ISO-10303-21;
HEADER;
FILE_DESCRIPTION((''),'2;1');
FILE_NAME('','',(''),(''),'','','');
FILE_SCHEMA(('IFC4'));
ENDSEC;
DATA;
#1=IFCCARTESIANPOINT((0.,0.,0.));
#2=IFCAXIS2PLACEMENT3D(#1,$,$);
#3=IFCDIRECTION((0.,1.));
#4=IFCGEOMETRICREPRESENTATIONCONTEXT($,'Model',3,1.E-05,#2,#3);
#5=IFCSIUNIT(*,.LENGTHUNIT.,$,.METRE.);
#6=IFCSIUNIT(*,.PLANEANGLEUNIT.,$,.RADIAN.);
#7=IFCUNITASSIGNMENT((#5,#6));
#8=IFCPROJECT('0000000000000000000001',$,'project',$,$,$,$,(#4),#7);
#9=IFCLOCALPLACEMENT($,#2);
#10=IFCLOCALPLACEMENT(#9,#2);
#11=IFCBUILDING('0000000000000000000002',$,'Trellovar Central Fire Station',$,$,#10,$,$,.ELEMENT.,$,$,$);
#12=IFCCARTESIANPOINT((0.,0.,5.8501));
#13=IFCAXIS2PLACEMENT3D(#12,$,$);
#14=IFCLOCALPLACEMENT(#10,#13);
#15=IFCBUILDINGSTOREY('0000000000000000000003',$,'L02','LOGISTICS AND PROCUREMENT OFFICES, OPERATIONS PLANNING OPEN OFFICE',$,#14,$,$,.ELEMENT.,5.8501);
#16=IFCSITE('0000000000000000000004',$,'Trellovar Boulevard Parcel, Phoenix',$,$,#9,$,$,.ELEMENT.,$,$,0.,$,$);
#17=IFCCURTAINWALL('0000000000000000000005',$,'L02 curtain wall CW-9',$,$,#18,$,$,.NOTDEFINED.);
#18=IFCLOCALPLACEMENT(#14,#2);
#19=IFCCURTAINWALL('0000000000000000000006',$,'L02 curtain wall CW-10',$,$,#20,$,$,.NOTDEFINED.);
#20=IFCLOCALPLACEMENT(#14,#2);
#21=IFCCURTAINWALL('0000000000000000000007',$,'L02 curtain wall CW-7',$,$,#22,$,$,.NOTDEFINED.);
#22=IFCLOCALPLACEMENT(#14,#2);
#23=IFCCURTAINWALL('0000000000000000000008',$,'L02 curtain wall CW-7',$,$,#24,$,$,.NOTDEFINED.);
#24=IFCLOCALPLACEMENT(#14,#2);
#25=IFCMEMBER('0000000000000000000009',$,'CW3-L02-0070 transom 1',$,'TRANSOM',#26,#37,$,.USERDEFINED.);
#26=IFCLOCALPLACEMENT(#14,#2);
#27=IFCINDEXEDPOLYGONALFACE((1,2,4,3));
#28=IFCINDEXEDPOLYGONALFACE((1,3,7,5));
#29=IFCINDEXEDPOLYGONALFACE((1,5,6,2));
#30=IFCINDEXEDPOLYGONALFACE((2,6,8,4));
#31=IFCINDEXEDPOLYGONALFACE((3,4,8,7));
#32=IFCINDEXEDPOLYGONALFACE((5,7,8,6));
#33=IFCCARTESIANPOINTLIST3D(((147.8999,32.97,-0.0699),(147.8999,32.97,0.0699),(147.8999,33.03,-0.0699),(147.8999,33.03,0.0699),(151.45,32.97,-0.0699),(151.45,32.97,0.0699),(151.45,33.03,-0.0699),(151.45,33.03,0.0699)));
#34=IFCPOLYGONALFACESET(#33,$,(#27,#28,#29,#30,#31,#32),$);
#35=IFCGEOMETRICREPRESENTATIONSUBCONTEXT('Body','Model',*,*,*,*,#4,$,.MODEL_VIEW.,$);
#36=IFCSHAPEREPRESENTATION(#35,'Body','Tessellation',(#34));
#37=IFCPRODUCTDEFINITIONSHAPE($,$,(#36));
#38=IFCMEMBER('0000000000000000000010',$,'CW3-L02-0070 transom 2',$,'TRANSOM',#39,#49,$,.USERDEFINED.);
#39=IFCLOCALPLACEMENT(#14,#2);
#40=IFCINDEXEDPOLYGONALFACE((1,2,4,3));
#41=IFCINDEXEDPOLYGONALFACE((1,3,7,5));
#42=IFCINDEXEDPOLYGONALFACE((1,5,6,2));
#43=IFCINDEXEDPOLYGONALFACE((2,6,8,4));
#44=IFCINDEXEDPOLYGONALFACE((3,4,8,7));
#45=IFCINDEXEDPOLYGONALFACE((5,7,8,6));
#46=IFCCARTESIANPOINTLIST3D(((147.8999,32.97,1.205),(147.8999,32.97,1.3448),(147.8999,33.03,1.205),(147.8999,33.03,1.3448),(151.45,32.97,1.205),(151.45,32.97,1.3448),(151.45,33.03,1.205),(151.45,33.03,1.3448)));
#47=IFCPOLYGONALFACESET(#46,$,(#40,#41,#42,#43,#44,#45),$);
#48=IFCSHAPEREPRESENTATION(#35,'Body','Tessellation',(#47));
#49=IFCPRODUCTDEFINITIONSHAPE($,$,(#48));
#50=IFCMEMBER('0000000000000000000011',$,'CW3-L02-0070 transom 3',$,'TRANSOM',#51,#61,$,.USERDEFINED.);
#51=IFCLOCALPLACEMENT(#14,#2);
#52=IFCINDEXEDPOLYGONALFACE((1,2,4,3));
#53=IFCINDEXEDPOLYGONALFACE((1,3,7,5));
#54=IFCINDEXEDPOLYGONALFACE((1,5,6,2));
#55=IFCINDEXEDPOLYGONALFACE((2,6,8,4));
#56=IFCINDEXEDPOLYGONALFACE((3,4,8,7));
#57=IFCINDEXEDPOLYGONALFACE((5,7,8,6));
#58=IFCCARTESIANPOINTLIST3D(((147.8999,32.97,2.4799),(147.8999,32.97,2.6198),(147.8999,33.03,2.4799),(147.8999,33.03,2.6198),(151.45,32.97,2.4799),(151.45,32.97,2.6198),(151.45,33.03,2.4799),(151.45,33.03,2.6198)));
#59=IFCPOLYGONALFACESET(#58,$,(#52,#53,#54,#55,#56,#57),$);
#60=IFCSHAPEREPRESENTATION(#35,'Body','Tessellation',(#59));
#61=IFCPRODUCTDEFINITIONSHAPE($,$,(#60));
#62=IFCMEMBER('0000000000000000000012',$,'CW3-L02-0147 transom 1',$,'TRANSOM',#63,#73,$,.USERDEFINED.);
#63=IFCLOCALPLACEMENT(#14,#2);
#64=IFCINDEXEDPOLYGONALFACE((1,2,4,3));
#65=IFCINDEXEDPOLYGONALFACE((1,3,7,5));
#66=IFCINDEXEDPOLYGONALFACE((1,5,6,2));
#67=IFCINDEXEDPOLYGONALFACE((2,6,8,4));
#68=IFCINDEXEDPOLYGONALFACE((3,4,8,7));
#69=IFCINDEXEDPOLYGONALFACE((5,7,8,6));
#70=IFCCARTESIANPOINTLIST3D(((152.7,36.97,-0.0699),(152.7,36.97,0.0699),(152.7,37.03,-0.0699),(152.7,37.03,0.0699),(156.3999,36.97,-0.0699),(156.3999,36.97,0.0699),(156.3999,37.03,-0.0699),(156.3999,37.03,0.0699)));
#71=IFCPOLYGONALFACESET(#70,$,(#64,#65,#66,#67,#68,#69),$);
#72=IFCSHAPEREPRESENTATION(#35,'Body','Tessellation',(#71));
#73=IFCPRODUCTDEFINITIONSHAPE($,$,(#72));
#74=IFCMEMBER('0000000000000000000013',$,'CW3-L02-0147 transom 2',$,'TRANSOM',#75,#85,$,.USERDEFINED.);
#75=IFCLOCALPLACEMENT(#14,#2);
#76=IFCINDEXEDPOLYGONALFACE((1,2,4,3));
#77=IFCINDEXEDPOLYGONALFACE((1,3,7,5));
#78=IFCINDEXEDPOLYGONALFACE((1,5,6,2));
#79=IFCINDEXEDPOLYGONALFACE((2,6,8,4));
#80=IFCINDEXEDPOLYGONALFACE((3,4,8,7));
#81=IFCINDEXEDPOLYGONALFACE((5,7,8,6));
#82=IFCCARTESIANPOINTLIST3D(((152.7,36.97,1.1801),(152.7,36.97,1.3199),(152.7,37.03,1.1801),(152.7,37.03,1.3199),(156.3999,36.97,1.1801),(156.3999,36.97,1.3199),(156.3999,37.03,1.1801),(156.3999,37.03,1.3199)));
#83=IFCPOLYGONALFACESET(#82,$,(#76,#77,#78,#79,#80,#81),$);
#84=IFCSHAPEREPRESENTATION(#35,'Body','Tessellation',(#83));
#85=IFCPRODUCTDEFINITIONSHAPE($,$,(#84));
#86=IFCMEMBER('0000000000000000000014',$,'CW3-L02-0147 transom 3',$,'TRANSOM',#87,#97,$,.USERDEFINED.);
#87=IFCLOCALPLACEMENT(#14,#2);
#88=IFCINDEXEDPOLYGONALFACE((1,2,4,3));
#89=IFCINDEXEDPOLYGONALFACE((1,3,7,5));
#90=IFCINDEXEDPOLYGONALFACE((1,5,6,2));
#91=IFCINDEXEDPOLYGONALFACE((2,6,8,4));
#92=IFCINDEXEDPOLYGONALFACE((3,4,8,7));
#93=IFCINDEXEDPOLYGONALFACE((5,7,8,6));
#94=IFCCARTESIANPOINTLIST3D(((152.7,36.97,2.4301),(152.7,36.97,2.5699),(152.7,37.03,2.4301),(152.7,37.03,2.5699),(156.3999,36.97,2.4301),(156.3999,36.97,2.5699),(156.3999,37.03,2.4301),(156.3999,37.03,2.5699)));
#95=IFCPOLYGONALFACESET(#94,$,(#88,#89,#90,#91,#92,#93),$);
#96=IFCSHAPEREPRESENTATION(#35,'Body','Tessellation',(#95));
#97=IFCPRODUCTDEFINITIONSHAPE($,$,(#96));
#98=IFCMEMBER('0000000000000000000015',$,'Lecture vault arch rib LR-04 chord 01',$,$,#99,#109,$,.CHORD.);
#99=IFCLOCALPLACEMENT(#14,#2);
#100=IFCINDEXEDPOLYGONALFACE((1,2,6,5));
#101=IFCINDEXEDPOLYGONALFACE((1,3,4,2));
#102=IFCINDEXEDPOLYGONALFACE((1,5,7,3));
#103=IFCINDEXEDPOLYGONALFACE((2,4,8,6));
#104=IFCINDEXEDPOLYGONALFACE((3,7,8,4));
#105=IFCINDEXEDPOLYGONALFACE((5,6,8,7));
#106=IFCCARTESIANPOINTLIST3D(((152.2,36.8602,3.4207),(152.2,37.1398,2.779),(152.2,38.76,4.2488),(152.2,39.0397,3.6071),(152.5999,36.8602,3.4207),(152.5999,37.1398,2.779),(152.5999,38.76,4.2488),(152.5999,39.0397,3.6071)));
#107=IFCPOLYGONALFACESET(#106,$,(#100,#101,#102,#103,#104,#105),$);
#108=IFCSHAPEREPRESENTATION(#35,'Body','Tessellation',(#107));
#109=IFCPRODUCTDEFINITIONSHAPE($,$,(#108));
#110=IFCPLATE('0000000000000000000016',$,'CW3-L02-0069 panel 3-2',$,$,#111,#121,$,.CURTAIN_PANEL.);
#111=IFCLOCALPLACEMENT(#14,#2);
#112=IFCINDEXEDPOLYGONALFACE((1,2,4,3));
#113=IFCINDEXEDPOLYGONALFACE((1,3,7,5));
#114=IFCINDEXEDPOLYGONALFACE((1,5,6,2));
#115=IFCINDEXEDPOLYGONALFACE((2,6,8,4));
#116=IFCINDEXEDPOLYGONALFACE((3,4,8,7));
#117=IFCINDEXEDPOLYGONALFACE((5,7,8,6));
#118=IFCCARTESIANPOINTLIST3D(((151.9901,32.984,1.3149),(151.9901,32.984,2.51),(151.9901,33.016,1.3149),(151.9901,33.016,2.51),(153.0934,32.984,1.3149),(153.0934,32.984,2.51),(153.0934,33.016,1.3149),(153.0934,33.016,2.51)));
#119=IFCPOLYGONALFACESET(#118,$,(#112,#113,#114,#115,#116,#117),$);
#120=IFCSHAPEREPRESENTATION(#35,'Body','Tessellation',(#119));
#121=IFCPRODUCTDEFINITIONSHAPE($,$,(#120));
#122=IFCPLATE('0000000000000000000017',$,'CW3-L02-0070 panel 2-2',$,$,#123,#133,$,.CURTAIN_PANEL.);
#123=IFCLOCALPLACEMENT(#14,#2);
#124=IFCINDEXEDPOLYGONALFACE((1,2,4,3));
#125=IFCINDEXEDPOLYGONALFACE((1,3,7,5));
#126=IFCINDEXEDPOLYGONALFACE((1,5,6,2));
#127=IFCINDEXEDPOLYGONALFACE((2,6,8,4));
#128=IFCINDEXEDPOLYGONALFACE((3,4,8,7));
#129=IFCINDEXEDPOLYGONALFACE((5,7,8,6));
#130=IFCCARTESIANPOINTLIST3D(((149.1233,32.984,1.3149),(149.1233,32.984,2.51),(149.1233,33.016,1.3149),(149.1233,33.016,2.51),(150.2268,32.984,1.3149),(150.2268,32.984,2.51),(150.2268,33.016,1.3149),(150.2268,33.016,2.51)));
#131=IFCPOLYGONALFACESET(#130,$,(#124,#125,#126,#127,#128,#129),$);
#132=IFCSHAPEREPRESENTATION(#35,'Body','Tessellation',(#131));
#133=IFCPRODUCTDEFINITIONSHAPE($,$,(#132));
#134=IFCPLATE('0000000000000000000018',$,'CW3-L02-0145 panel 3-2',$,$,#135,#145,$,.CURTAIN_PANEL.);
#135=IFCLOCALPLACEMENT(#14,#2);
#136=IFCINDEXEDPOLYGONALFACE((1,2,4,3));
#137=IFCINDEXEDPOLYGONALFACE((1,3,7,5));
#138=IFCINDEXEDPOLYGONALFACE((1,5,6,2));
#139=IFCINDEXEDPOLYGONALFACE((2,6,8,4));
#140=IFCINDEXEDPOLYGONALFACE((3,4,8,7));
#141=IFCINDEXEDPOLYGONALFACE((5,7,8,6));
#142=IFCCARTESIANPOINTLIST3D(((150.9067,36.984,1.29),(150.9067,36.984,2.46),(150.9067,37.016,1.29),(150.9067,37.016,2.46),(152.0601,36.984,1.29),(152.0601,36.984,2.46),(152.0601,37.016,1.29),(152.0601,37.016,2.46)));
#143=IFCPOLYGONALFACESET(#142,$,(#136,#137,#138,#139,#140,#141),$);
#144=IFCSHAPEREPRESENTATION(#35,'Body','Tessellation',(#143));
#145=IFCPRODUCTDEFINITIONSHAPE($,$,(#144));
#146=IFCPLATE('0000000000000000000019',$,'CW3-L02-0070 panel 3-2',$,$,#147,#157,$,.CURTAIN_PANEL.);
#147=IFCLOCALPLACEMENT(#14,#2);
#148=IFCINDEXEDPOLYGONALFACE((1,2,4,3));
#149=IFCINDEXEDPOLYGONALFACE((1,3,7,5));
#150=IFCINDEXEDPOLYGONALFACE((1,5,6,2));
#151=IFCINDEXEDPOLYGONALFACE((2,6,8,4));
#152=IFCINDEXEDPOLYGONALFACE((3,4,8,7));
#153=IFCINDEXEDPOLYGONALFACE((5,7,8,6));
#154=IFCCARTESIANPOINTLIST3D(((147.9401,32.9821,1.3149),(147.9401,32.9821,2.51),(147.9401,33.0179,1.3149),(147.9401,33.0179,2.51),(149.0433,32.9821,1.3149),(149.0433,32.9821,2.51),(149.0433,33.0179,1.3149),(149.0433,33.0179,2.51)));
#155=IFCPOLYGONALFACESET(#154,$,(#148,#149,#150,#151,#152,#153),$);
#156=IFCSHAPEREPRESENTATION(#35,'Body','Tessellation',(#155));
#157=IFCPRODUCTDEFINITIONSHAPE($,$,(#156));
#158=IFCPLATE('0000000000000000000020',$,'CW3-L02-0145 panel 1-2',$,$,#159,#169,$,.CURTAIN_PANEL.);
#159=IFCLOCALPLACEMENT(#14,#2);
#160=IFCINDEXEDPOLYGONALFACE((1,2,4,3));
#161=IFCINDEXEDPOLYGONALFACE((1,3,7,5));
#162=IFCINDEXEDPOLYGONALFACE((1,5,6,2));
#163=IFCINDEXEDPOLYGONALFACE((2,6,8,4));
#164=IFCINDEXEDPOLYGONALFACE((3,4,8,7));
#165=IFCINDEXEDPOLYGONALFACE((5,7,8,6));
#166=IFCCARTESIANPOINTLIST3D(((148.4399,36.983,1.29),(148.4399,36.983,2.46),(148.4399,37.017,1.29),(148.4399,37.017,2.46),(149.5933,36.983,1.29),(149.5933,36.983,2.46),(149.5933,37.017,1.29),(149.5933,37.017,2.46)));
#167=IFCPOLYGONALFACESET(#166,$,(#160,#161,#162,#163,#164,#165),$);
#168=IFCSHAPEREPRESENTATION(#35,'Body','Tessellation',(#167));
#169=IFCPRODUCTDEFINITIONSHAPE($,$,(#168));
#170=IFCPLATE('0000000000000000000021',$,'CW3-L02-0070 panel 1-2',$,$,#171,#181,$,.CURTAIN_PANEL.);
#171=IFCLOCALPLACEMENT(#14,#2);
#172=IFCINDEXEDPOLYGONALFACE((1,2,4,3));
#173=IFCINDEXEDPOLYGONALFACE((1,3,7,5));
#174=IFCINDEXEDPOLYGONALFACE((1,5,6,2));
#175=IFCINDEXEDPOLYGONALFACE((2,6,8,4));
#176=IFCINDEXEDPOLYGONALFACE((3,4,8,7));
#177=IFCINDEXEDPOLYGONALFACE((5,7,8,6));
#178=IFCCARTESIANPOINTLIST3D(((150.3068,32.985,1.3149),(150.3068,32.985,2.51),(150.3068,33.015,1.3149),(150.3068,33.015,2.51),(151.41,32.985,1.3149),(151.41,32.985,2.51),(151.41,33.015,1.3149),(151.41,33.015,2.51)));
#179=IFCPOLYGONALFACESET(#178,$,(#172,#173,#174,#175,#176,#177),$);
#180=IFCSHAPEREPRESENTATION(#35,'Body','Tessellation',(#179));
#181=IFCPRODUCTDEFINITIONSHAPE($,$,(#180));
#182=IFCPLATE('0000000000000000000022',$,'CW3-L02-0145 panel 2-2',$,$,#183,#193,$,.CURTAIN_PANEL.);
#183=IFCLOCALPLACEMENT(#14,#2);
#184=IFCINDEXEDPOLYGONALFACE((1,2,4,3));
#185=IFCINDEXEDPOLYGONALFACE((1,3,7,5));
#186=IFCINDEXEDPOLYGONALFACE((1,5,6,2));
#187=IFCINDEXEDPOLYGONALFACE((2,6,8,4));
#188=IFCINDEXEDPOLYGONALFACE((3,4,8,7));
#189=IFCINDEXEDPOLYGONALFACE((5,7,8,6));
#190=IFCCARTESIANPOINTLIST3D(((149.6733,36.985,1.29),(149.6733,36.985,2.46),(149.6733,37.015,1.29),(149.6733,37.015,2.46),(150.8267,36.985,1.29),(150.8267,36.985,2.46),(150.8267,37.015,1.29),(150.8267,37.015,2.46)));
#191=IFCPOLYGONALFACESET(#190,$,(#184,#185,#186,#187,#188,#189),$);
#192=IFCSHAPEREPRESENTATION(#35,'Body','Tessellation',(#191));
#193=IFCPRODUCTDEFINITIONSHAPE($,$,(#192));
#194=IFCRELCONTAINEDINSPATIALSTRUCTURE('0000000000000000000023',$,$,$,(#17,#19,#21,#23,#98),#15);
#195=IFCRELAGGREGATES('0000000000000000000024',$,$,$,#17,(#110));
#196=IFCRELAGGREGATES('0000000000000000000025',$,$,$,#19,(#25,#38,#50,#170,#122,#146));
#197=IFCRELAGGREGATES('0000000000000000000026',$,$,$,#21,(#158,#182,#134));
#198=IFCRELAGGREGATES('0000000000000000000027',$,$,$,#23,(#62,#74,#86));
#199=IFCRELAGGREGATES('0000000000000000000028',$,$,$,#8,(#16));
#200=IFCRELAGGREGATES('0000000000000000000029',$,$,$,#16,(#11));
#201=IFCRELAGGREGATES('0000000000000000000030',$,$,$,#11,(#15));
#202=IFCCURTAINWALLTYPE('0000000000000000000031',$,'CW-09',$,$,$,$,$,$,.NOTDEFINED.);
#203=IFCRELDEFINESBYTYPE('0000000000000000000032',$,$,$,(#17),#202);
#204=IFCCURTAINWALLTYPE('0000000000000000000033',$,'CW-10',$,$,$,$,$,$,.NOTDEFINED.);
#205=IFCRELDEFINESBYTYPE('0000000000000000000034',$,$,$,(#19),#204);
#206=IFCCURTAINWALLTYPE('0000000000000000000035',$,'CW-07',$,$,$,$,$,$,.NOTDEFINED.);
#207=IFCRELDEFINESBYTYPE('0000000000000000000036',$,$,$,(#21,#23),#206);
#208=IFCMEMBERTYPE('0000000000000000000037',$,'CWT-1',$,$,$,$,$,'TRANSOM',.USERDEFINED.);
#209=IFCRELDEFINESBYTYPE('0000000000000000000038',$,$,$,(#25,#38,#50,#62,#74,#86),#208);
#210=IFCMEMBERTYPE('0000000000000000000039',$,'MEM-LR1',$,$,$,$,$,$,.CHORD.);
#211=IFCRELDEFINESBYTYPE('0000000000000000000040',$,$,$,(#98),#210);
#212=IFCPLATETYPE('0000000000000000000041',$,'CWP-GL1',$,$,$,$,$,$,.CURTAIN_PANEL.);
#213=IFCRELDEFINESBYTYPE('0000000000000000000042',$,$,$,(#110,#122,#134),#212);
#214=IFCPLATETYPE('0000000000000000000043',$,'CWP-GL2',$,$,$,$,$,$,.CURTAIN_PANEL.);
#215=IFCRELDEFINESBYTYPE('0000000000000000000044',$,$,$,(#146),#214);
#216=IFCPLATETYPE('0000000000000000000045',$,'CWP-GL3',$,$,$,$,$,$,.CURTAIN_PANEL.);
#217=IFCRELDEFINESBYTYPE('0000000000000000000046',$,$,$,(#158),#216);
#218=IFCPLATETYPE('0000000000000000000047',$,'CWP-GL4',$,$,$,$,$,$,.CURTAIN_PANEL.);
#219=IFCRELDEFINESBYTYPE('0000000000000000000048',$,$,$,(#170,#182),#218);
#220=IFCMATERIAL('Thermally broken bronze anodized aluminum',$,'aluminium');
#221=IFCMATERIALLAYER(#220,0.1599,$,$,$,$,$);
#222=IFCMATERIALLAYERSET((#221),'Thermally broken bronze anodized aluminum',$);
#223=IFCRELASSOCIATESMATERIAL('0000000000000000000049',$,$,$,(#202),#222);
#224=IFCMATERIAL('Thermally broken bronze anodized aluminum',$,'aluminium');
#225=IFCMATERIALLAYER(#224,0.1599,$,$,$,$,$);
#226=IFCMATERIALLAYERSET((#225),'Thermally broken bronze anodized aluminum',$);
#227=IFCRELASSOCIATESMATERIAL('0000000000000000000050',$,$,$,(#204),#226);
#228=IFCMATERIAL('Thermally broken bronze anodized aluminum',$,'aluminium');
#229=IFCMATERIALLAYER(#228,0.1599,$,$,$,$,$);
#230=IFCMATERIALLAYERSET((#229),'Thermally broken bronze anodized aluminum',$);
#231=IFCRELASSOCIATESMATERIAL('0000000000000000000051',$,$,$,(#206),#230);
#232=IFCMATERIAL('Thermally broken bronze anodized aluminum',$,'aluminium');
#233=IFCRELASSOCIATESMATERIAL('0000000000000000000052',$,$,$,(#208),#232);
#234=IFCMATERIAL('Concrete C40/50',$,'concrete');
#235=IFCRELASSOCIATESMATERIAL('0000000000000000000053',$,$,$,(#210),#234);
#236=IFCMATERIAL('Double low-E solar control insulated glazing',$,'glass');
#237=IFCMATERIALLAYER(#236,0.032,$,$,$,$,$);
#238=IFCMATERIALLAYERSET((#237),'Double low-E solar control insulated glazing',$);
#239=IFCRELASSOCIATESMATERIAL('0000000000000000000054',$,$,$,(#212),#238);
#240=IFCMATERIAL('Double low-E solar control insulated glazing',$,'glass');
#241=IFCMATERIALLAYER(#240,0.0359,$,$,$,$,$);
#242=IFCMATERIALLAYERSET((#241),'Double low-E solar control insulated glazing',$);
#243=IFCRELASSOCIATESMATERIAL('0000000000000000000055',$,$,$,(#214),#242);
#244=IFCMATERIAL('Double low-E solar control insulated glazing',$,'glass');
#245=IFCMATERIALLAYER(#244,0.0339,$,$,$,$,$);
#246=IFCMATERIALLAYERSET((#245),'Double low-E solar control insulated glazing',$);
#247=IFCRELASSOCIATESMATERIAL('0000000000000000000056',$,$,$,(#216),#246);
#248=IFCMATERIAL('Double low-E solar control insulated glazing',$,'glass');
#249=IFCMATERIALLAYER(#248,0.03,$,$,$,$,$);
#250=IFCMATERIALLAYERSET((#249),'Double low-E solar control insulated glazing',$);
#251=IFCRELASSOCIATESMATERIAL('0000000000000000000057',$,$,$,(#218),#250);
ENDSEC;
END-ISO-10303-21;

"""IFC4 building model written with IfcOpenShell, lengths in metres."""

from ifc_helpers import new_model, si_unit, direction, frame, origin, origin_2d, place, context, subcontext, project, spatial, rectangle, extrude, material, layer, layer_set, material_profile, profile_set, type_object, element, aggregate, save


model = new_model("IFC4")

# Units and contexts
model_context = context("Model", 3, precision=1e-05, world=origin(), true_north=direction((0.0, 1.0)))
body_context = subcontext(model_context, "Body", "Model", "MODEL_VIEW")
ifc_project = project(units=[si_unit("LENGTHUNIT", "METRE"), si_unit("PLANEANGLEUNIT", "RADIAN")], contexts=[model_context])

# Site, building, storey
site_placement = place(None, origin())
site = spatial("IfcSite", under=ifc_project, at=site_placement, Name="Trellovar Boulevard Parcel, Phoenix", CompositionType="ELEMENT", RefElevation=0.0)
building_placement = place(site_placement, origin())
building = spatial("IfcBuilding", under=site, at=building_placement, Name="Trellovar Central Fire Station", CompositionType="ELEMENT")
storey_placement = place(building_placement, frame((0.0, 0.0, 5.8501)))
storey = spatial("IfcBuildingStorey", under=building, at=storey_placement, Name="L02", Description="LOGISTICS AND PROCUREMENT OFFICES, OPERATIONS PLANNING OPEN OFFICE", CompositionType="ELEMENT", Elevation=5.8501)

# Curtain walls
ifc_material_1 = material(Name="Thermally broken bronze anodized aluminum", Category="aluminium")
ifc_layer_1 = layer(ifc_material_1, 0.1599)
ifc_layer_set_1 = layer_set([ifc_layer_1], Name="Thermally broken bronze anodized aluminum")
curtain_wall_type_1 = type_object("IfcCurtainWallType", Name="CW-09", PredefinedType="NOTDEFINED", material=ifc_layer_set_1)
curtain_wall_1_placement = place(storey_placement, origin())
curtain_wall_1 = element("IfcCurtainWall", 1, at=curtain_wall_1_placement, inside=storey, type_object=curtain_wall_type_1, Name="L02 curtain wall CW-9", PredefinedType="NOTDEFINED")
ifc_material_2 = material(Name="Thermally broken bronze anodized aluminum", Category="aluminium")
ifc_layer_2 = layer(ifc_material_2, 0.1599)
ifc_layer_set_2 = layer_set([ifc_layer_2], Name="Thermally broken bronze anodized aluminum")
curtain_wall_type_2 = type_object("IfcCurtainWallType", Name="CW-10", PredefinedType="NOTDEFINED", material=ifc_layer_set_2)
curtain_wall_2_placement = place(storey_placement, origin())
curtain_wall_2 = element("IfcCurtainWall", 2, at=curtain_wall_2_placement, inside=storey, type_object=curtain_wall_type_2, Name="L02 curtain wall CW-10", PredefinedType="NOTDEFINED")
ifc_material_3 = material(Name="Thermally broken bronze anodized aluminum", Category="aluminium")
ifc_layer_3 = layer(ifc_material_3, 0.1599)
ifc_layer_set_3 = layer_set([ifc_layer_3], Name="Thermally broken bronze anodized aluminum")
curtain_wall_type_3 = type_object("IfcCurtainWallType", Name="CW-07", PredefinedType="NOTDEFINED", material=ifc_layer_set_3)
curtain_wall_3_placement = place(storey_placement, origin())
curtain_wall_3 = element("IfcCurtainWall", 3, at=curtain_wall_3_placement, inside=storey, type_object=curtain_wall_type_3, Name="L02 curtain wall CW-7", PredefinedType="NOTDEFINED")

# Curtain wall
curtain_wall_4_placement = place(storey_placement, origin())
curtain_wall_4 = element("IfcCurtainWall", 4, at=curtain_wall_4_placement, inside=storey, type_object=curtain_wall_type_3, Name="L02 curtain wall CW-7", PredefinedType="NOTDEFINED")

# Members
ifc_material_4 = material(Name="Thermally broken bronze anodized aluminum", Category="aluminium")
ifc_material_profile_1 = material_profile(ifc_material_4, rectangle(XDim=0.0601, YDim=0.1399, at=origin_2d()), Name="ALU60X140")
ifc_profile_set_1 = profile_set([ifc_material_profile_1], Name="Thermally broken bronze anodized aluminum")
member_type_1 = type_object("IfcMemberType", Name="CWT-1", ElementType="TRANSOM", PredefinedType="USERDEFINED", material=ifc_profile_set_1)
member_1_placement = place(storey_placement, frame((151.45, 33.0, 0.0), z_axis=(-1.0, 0.0, 0.0), x_axis=(0.0, -1.0, 0.0)))
member_1 = element("IfcMember", 5, at=member_1_placement, type_object=member_type_1, Name="CW3-L02-0070 transom 1", ObjectType="TRANSOM", PredefinedType="USERDEFINED", context=body_context, shape_type="SweptSolid", body=[
    extrude(rectangle(XDim=0.0601, YDim=0.1399, at=origin_2d()), origin(), (0.0, 0.0, 1.0), 3.55),
])
member_2_placement = place(storey_placement, frame((151.45, 33.0, 1.2749), z_axis=(-1.0, 0.0, 0.0), x_axis=(0.0, -1.0, 0.0)))
member_2 = element("IfcMember", 6, at=member_2_placement, type_object=member_type_1, Name="CW3-L02-0070 transom 2", ObjectType="TRANSOM", PredefinedType="USERDEFINED", context=body_context, shape_type="SweptSolid", body=[
    extrude(rectangle(XDim=0.0601, YDim=0.1399, at=origin_2d()), origin(), (0.0, 0.0, 1.0), 3.55),
])
member_3_placement = place(storey_placement, frame((151.45, 33.0, 2.5498), z_axis=(-1.0, 0.0, 0.0), x_axis=(0.0, -1.0, 0.0)))
member_3 = element("IfcMember", 7, at=member_3_placement, type_object=member_type_1, Name="CW3-L02-0070 transom 3", ObjectType="TRANSOM", PredefinedType="USERDEFINED", context=body_context, shape_type="SweptSolid", body=[
    extrude(rectangle(XDim=0.0601, YDim=0.1399, at=origin_2d()), origin(), (0.0, 0.0, 1.0), 3.55),
])
member_4_placement = place(storey_placement, frame((152.7, 37.0, 0.0), z_axis=(1.0, 0.0, 0.0), x_axis=(0.0, 1.0, 0.0)))
member_4 = element("IfcMember", 8, at=member_4_placement, type_object=member_type_1, Name="CW3-L02-0147 transom 1", ObjectType="TRANSOM", PredefinedType="USERDEFINED", context=body_context, shape_type="SweptSolid", body=[
    extrude(rectangle(XDim=0.0601, YDim=0.1399, at=origin_2d()), origin(), (0.0, 0.0, 1.0), 3.7),
])
member_5_placement = place(storey_placement, frame((152.7, 37.0, 1.25), z_axis=(1.0, 0.0, 0.0), x_axis=(0.0, 1.0, 0.0)))
member_5 = element("IfcMember", 9, at=member_5_placement, type_object=member_type_1, Name="CW3-L02-0147 transom 2", ObjectType="TRANSOM", PredefinedType="USERDEFINED", context=body_context, shape_type="SweptSolid", body=[
    extrude(rectangle(XDim=0.0601, YDim=0.1399, at=origin_2d()), origin(), (0.0, 0.0, 1.0), 3.7),
])
member_6_placement = place(storey_placement, frame((152.7, 37.0, 2.5), z_axis=(1.0, 0.0, 0.0), x_axis=(0.0, 1.0, 0.0)))
member_6 = element("IfcMember", 10, at=member_6_placement, type_object=member_type_1, Name="CW3-L02-0147 transom 3", ObjectType="TRANSOM", PredefinedType="USERDEFINED", context=body_context, shape_type="SweptSolid", body=[
    extrude(rectangle(XDim=0.0601, YDim=0.1399, at=origin_2d()), origin(), (0.0, 0.0, 1.0), 3.7),
])
ifc_material_5 = material(Name="Concrete C40/50", Category="concrete")
ifc_material_profile_2 = material_profile(ifc_material_5, rectangle(XDim=0.3999, YDim=0.7, at=origin_2d()), Name="RC400X700")
ifc_profile_set_2 = profile_set([ifc_material_profile_2], Name="Concrete C40/50")
member_type_2 = type_object("IfcMemberType", Name="MEM-LR1", PredefinedType="CHORD", material=ifc_profile_set_2)
member_7_placement = place(storey_placement, frame((152.3999, 37.0, 3.0999), z_axis=(0.0, 0.916703, 0.39957), x_axis=(-1.0, 0.0, 0.0)))
element("IfcMember", 11, at=member_7_placement, inside=storey, type_object=member_type_2, Name="Lecture vault arch rib LR-04 chord 01", PredefinedType="CHORD", context=body_context, shape_type="SweptSolid", body=[
    extrude(rectangle(XDim=0.3999, YDim=0.7, at=origin_2d()), origin(), (0.0, 0.0, 1.0), 2.0725),
])

# Plates
ifc_material_6 = material(Name="Double low-E solar control insulated glazing", Category="glass")
ifc_layer_4 = layer(ifc_material_6, 0.032)
ifc_layer_set_4 = layer_set([ifc_layer_4], Name="Double low-E solar control insulated glazing")
plate_type_1 = type_object("IfcPlateType", Name="CWP-GL1", PredefinedType="CURTAIN_PANEL", material=ifc_layer_set_4)
plate_1_placement = place(storey_placement, frame((152.5417, 33.0, 1.3149), z_axis=(0.0, 0.0, 1.0), x_axis=(-1.0, 0.0, 0.0)))
plate_1 = element("IfcPlate", 12, at=plate_1_placement, type_object=plate_type_1, Name="CW3-L02-0069 panel 3-2", PredefinedType="CURTAIN_PANEL", context=body_context, shape_type="SweptSolid", body=[
    extrude(rectangle(XDim=1.1033, YDim=0.032, at=origin_2d()), origin(), (0.0, 0.0, 1.0), 1.1951),
])
plate_2_placement = place(storey_placement, frame((149.675, 33.0, 1.3149), z_axis=(0.0, 0.0, 1.0), x_axis=(-1.0, 0.0, 0.0)))
plate_2 = element("IfcPlate", 13, at=plate_2_placement, type_object=plate_type_1, Name="CW3-L02-0070 panel 2-2", PredefinedType="CURTAIN_PANEL", context=body_context, shape_type="SweptSolid", body=[
    extrude(rectangle(XDim=1.1035, YDim=0.032, at=origin_2d()), origin(), (0.0, 0.0, 1.0), 1.1951),
])
plate_3_placement = place(storey_placement, frame((151.4834, 37.0, 1.29), z_axis=(0.0, 0.0, 1.0), x_axis=(1.0, 0.0, 0.0)))
plate_3 = element("IfcPlate", 14, at=plate_3_placement, type_object=plate_type_1, Name="CW3-L02-0145 panel 3-2", PredefinedType="CURTAIN_PANEL", context=body_context, shape_type="SweptSolid", body=[
    extrude(rectangle(XDim=1.1533, YDim=0.032, at=origin_2d()), origin(), (0.0, 0.0, 1.0), 1.1699),
])
ifc_material_7 = material(Name="Double low-E solar control insulated glazing", Category="glass")
ifc_layer_5 = layer(ifc_material_7, 0.0359)
ifc_layer_set_5 = layer_set([ifc_layer_5], Name="Double low-E solar control insulated glazing")
plate_type_2 = type_object("IfcPlateType", Name="CWP-GL2", PredefinedType="CURTAIN_PANEL", material=ifc_layer_set_5)
plate_4_placement = place(storey_placement, frame((148.4917, 33.0, 1.3149), z_axis=(0.0, 0.0, 1.0), x_axis=(-1.0, 0.0, 0.0)))
plate_4 = element("IfcPlate", 15, at=plate_4_placement, type_object=plate_type_2, Name="CW3-L02-0070 panel 3-2", PredefinedType="CURTAIN_PANEL", context=body_context, shape_type="SweptSolid", body=[
    extrude(rectangle(XDim=1.1033, YDim=0.0359, at=origin_2d()), origin(), (0.0, 0.0, 1.0), 1.1951),
])
ifc_material_8 = material(Name="Double low-E solar control insulated glazing", Category="glass")
ifc_layer_6 = layer(ifc_material_8, 0.0339)
ifc_layer_set_6 = layer_set([ifc_layer_6], Name="Double low-E solar control insulated glazing")
plate_type_3 = type_object("IfcPlateType", Name="CWP-GL3", PredefinedType="CURTAIN_PANEL", material=ifc_layer_set_6)
plate_5_placement = place(storey_placement, frame((149.0166, 37.0, 1.29), z_axis=(0.0, 0.0, 1.0), x_axis=(1.0, 0.0, 0.0)))
plate_5 = element("IfcPlate", 16, at=plate_5_placement, type_object=plate_type_3, Name="CW3-L02-0145 panel 1-2", PredefinedType="CURTAIN_PANEL", context=body_context, shape_type="SweptSolid", body=[
    extrude(rectangle(XDim=1.1533, YDim=0.0339, at=origin_2d()), origin(), (0.0, 0.0, 1.0), 1.1699),
])
ifc_material_9 = material(Name="Double low-E solar control insulated glazing", Category="glass")
ifc_layer_7 = layer(ifc_material_9, 0.03)
ifc_layer_set_7 = layer_set([ifc_layer_7], Name="Double low-E solar control insulated glazing")
plate_type_4 = type_object("IfcPlateType", Name="CWP-GL4", PredefinedType="CURTAIN_PANEL", material=ifc_layer_set_7)
plate_6_placement = place(storey_placement, frame((150.8584, 33.0, 1.3149), z_axis=(0.0, 0.0, 1.0), x_axis=(-1.0, 0.0, 0.0)))
plate_6 = element("IfcPlate", 17, at=plate_6_placement, type_object=plate_type_4, Name="CW3-L02-0070 panel 1-2", PredefinedType="CURTAIN_PANEL", context=body_context, shape_type="SweptSolid", body=[
    extrude(rectangle(XDim=1.1033, YDim=0.03, at=origin_2d()), origin(), (0.0, 0.0, 1.0), 1.1951),
])
plate_7_placement = place(storey_placement, frame((150.25, 37.0, 1.29), z_axis=(0.0, 0.0, 1.0), x_axis=(1.0, 0.0, 0.0)))
plate_7 = element("IfcPlate", 18, at=plate_7_placement, type_object=plate_type_4, Name="CW3-L02-0145 panel 2-2", PredefinedType="CURTAIN_PANEL", context=body_context, shape_type="SweptSolid", body=[
    extrude(rectangle(XDim=1.1533, YDim=0.03, at=origin_2d()), origin(), (0.0, 0.0, 1.0), 1.1699),
])
aggregate(curtain_wall_1, [plate_1])
aggregate(curtain_wall_2, [member_1, member_2, member_3, plate_6, plate_2, plate_4])
aggregate(curtain_wall_3, [plate_5, plate_7, plate_3])
aggregate(curtain_wall_4, [member_4, member_5, member_6])

save(model, "model.ifc")
